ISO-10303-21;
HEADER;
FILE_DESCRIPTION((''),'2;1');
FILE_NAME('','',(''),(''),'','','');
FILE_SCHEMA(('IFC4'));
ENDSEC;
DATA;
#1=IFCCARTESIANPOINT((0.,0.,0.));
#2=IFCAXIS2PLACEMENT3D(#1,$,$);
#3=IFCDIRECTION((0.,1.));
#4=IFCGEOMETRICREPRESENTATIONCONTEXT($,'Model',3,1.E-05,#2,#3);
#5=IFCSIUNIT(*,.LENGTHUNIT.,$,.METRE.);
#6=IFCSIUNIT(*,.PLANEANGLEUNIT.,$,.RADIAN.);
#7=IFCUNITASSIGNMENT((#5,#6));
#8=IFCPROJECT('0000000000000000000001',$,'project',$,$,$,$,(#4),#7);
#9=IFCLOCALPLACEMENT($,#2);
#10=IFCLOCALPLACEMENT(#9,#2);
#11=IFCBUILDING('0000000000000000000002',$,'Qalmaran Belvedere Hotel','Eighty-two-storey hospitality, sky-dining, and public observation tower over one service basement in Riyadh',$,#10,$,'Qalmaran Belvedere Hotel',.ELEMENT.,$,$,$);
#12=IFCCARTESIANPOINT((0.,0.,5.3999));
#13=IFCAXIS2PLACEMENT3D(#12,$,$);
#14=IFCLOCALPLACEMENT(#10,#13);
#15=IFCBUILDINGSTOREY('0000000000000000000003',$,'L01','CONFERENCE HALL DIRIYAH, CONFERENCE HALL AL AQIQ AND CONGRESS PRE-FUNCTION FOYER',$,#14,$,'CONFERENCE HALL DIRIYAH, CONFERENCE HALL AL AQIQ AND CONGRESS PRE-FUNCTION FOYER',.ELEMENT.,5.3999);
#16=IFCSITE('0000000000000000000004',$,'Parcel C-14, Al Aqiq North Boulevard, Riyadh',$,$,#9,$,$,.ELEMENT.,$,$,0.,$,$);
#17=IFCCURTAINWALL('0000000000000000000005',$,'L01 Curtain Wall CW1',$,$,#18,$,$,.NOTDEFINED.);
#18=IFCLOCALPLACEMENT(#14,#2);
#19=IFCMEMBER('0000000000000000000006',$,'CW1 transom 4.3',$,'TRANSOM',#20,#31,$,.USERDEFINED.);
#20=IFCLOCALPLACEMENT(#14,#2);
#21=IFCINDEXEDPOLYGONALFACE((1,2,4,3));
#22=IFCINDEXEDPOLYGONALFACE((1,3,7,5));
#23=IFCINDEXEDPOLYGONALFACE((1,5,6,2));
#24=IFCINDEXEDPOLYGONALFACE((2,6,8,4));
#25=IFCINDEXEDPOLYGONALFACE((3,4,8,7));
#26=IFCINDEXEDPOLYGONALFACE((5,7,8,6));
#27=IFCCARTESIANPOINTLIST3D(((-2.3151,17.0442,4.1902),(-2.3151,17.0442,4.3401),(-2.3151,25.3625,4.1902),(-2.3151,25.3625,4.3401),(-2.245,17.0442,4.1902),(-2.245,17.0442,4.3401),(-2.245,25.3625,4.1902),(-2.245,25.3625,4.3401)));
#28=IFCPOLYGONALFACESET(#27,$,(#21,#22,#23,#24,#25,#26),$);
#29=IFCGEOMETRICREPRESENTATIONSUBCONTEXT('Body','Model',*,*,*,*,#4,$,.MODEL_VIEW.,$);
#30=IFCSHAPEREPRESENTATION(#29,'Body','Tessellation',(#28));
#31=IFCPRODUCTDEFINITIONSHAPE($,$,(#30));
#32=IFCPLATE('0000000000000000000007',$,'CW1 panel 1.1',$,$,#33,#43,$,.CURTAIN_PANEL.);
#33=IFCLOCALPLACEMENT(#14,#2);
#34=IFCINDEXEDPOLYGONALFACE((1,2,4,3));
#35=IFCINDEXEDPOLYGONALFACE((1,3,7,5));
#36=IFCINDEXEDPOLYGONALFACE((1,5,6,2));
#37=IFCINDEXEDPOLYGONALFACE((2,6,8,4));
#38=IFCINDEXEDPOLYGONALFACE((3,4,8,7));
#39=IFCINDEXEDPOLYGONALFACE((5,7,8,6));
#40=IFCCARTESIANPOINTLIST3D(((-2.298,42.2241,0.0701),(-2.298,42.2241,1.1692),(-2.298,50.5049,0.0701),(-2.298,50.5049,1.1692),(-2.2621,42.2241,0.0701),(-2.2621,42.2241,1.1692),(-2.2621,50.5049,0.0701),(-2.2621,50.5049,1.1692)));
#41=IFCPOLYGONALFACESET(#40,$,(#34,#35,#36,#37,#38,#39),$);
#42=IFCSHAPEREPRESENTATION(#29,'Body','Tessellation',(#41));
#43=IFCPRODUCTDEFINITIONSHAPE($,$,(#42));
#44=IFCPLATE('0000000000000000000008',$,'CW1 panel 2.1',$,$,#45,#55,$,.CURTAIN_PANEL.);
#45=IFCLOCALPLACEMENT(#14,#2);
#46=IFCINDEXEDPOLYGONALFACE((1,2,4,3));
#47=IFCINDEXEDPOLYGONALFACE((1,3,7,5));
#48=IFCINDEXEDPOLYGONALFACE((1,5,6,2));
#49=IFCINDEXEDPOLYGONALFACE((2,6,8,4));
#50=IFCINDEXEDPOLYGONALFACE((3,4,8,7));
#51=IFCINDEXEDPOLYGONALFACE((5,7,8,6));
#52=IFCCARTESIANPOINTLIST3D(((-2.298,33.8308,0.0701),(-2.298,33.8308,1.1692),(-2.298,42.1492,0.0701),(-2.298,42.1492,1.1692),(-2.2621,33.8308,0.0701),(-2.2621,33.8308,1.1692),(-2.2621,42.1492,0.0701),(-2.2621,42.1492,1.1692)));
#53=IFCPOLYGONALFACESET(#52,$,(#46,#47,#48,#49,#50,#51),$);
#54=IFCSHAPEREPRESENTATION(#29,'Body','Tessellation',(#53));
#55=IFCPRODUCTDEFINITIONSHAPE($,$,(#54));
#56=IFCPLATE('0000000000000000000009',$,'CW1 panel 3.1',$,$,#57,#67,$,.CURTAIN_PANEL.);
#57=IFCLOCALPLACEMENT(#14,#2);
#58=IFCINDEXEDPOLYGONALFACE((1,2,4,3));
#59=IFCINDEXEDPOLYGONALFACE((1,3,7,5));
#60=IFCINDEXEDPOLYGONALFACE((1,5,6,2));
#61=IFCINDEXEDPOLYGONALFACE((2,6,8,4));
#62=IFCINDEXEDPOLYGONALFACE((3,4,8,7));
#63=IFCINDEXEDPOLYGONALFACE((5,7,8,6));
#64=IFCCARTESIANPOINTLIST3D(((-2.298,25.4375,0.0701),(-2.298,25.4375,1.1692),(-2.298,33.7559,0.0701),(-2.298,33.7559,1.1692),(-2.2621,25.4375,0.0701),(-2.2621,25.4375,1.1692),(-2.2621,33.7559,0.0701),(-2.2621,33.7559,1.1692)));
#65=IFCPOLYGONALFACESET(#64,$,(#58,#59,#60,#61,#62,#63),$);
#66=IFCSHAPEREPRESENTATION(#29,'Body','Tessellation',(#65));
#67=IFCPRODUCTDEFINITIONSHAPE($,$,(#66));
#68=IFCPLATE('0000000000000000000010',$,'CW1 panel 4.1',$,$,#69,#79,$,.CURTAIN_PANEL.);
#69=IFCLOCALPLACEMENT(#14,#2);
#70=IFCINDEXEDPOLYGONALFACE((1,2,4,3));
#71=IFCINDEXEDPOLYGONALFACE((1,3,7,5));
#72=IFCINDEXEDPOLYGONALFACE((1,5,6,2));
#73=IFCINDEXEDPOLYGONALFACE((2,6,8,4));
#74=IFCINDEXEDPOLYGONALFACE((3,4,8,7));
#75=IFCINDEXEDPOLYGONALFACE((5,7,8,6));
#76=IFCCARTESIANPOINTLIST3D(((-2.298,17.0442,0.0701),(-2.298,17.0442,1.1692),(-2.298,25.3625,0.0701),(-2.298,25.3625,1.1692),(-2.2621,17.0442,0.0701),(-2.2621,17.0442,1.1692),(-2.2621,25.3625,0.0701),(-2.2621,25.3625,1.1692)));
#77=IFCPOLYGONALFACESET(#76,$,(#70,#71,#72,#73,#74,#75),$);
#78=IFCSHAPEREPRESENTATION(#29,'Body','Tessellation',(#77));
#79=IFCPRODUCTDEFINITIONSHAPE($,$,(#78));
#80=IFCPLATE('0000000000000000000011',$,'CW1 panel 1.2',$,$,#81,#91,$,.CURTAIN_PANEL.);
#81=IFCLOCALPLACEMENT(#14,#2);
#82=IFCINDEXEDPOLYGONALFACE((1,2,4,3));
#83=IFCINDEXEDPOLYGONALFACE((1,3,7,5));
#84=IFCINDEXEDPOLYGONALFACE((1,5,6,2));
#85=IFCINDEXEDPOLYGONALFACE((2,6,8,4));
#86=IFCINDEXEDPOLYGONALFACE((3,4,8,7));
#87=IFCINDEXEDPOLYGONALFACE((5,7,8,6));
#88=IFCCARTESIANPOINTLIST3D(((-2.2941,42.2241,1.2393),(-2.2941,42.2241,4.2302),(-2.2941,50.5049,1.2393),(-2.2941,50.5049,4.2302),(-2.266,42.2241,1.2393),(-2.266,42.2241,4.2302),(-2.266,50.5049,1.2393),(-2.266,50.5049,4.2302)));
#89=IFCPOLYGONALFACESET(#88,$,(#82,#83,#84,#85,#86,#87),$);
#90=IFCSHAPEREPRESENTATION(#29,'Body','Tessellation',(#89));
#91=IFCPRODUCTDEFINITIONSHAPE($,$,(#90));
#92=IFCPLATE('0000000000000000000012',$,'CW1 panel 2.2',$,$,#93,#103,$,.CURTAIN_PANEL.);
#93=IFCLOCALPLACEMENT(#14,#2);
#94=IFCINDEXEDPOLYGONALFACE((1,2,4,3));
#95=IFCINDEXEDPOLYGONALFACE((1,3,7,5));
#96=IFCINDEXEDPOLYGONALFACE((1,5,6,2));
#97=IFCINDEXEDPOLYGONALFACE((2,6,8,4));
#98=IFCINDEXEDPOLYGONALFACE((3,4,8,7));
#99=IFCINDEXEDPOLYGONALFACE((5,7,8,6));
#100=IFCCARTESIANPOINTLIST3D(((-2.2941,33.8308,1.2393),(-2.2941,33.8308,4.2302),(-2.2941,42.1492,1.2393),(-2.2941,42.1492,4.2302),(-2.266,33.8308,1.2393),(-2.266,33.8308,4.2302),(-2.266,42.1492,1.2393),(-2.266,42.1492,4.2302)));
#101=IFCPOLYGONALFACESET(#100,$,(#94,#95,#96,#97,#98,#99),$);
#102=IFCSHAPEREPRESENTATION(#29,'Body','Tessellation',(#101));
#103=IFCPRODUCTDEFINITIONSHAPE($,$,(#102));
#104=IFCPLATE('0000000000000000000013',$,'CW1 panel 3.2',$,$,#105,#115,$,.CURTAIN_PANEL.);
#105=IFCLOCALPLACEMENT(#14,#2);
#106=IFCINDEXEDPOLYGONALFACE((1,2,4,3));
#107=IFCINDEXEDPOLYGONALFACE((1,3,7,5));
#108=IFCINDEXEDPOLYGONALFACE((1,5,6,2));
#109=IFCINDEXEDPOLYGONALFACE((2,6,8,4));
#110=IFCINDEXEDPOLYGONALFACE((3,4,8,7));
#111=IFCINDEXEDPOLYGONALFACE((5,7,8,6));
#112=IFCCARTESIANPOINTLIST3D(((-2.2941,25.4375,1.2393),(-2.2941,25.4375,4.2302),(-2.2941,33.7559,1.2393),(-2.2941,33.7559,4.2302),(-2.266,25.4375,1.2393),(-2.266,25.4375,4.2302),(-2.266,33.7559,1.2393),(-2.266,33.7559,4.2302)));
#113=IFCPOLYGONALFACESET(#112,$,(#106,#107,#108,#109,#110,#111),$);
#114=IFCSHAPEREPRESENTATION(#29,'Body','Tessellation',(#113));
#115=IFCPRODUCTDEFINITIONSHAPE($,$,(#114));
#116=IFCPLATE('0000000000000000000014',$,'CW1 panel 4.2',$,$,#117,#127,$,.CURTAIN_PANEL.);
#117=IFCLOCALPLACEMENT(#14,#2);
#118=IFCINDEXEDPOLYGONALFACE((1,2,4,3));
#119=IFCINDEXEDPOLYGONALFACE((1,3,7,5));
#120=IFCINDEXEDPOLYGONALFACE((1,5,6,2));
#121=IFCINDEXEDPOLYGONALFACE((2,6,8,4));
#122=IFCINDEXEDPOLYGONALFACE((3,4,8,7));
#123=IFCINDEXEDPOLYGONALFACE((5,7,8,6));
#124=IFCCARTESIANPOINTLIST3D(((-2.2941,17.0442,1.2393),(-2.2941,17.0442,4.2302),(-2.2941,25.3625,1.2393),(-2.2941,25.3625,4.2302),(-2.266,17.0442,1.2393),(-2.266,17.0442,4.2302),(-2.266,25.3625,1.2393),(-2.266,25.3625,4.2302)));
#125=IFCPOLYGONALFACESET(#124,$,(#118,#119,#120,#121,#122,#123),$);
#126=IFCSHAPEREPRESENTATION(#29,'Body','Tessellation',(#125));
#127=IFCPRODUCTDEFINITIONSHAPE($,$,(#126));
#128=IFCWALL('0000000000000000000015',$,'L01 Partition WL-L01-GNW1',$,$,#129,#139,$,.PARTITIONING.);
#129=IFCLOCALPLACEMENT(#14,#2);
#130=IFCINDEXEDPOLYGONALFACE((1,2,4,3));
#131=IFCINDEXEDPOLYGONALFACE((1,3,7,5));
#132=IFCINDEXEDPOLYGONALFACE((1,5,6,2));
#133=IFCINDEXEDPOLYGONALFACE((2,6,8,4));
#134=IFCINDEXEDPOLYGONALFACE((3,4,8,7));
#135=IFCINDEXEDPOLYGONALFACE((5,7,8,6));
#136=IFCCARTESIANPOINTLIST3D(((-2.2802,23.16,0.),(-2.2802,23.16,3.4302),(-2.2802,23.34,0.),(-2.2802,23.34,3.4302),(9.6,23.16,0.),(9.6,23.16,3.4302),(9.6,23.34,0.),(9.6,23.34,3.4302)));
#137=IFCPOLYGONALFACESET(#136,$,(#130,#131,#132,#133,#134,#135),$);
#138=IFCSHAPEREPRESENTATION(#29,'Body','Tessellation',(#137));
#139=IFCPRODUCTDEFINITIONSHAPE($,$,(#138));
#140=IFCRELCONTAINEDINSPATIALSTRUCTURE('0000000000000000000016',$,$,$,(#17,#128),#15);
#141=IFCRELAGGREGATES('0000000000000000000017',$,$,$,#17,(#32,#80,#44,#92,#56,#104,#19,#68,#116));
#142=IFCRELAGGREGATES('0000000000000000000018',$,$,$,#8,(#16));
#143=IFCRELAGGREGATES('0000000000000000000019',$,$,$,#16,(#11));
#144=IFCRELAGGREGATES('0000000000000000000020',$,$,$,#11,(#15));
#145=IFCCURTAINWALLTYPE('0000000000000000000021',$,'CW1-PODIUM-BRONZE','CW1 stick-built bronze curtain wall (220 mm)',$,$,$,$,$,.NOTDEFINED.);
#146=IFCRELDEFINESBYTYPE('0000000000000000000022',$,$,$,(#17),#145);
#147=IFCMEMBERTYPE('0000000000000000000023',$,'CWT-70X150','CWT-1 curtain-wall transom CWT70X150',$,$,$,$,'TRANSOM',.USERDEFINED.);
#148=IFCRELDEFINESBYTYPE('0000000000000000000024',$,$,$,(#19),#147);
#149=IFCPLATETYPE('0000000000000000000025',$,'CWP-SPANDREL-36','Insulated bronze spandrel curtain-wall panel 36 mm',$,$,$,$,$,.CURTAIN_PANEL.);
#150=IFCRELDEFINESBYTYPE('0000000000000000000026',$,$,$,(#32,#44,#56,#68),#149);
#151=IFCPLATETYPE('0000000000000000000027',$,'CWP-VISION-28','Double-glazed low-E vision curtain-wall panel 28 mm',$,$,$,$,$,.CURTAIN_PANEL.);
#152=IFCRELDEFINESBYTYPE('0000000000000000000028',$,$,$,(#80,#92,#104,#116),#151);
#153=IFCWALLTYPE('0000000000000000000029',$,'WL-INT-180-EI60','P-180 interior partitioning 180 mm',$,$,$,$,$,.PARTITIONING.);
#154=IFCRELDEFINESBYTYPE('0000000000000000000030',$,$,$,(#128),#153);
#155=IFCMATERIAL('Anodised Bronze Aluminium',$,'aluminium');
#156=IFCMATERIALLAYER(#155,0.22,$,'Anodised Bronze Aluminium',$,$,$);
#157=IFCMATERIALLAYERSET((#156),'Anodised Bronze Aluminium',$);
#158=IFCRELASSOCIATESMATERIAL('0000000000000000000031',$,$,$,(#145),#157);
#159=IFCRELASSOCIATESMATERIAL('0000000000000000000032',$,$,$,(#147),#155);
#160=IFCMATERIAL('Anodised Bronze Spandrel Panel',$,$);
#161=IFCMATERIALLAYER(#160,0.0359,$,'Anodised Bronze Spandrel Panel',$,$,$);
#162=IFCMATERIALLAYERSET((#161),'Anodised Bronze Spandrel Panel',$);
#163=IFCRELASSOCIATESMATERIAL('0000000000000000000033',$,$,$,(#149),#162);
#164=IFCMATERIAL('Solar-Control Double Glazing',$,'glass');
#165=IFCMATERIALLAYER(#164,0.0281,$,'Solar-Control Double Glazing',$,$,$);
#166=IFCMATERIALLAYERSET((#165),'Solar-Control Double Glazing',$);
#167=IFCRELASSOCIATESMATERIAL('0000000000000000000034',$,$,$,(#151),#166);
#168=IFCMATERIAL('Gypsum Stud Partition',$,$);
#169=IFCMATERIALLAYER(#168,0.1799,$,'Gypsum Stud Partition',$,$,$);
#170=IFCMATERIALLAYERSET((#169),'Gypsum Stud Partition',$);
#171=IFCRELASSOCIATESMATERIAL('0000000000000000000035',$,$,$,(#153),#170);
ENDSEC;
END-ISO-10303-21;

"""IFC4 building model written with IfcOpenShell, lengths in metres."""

from ifc_helpers import new_model, si_unit, direction, frame, frame_2d, origin, origin_2d, place, context, subcontext, project, spatial, rectangle, extrude, material, layer, layer_set, material_profile, profile_set, type_object, element, aggregate, save


model = new_model("IFC4")

# Units and contexts
model_context = context("Model", 3, precision=1e-05, world=origin(), true_north=direction((0.0, 1.0)))
body_context = subcontext(model_context, "Body", "Model", "MODEL_VIEW")
ifc_project = project(units=[si_unit("LENGTHUNIT", "METRE"), si_unit("PLANEANGLEUNIT", "RADIAN")], contexts=[model_context])

# Site, building, storey
site_placement = place(None, origin())
site = spatial("IfcSite", under=ifc_project, at=site_placement, Name="Parcel C-14, Al Aqiq North Boulevard, Riyadh", CompositionType="ELEMENT", RefElevation=0.0)
building_placement = place(site_placement, origin())
building = spatial("IfcBuilding", under=site, at=building_placement, Name="Qalmaran Belvedere Hotel", Description="Eighty-two-storey hospitality, sky-dining, and public observation tower over one service basement in Riyadh", LongName="Qalmaran Belvedere Hotel", CompositionType="ELEMENT")
storey_placement = place(building_placement, frame((0.0, 0.0, 5.3999)))
storey = spatial("IfcBuildingStorey", under=building, at=storey_placement, Name="L01", Description="CONFERENCE HALL DIRIYAH, CONFERENCE HALL AL AQIQ AND CONGRESS PRE-FUNCTION FOYER", LongName="CONFERENCE HALL DIRIYAH, CONFERENCE HALL AL AQIQ AND CONGRESS PRE-FUNCTION FOYER", CompositionType="ELEMENT", Elevation=5.3999)

# Curtain wall, member, plates
ifc_material_1 = material(Name="Anodised Bronze Aluminium", Category="aluminium")
ifc_layer_1 = layer(ifc_material_1, 0.22, Name="Anodised Bronze Aluminium")
ifc_layer_set_1 = layer_set([ifc_layer_1], Name="Anodised Bronze Aluminium")
curtain_wall_type = type_object("IfcCurtainWallType", Name="CW1-PODIUM-BRONZE", Description="CW1 stick-built bronze curtain wall (220 mm)", PredefinedType="NOTDEFINED", material=ifc_layer_set_1)
curtain_wall_placement = place(storey_placement, origin())
curtain_wall = element("IfcCurtainWall", 1, at=curtain_wall_placement, inside=storey, type_object=curtain_wall_type, Name="L01 Curtain Wall CW1", PredefinedType="NOTDEFINED")
ifc_material_profile_1 = material_profile(ifc_material_1, rectangle(XDim=0.0701, YDim=0.1499, at=origin_2d()), Name="CWT70X150")
ifc_profile_set_1 = profile_set([ifc_material_profile_1], Name="Anodised Bronze Aluminium")
member_type_1 = type_object("IfcMemberType", Name="CWT-70X150", Description="CWT-1 curtain-wall transom CWT70X150", ElementType="TRANSOM", PredefinedType="USERDEFINED", material=ifc_profile_set_1)
member_1_placement = place(storey_placement, frame((-2.28, 25.3625, 4.2651), z_axis=(0.0, -1.0, 0.0), x_axis=(1.0, 0.0, 0.0)))
member_1 = element("IfcMember", 2, at=member_1_placement, type_object=member_type_1, Name="CW1 transom 4.3", ObjectType="TRANSOM", PredefinedType="USERDEFINED", context=body_context, shape_type="SweptSolid", body=[
    extrude(rectangle(XDim=0.0701, YDim=0.1499, at=origin_2d()), origin(), (0.0, 0.0, 1.0), 8.3184),
])
ifc_material_2 = material(Name="Anodised Bronze Spandrel Panel")
ifc_layer_2 = layer(ifc_material_2, 0.0359, Name="Anodised Bronze Spandrel Panel")
ifc_layer_set_2 = layer_set([ifc_layer_2], Name="Anodised Bronze Spandrel Panel")
plate_type_1 = type_object("IfcPlateType", Name="CWP-SPANDREL-36", Description="Insulated bronze spandrel curtain-wall panel 36 mm", PredefinedType="CURTAIN_PANEL", material=ifc_layer_set_2)
plate_1_placement = place(storey_placement, frame((-2.28, 46.3645, 0.0701), z_axis=(0.0, 0.0, 1.0), x_axis=(0.0, -1.0, 0.0)))
plate_1 = element("IfcPlate", 3, at=plate_1_placement, type_object=plate_type_1, Name="CW1 panel 1.1", PredefinedType="CURTAIN_PANEL", context=body_context, shape_type="SweptSolid", body=[
    extrude(rectangle(XDim=8.2808, YDim=0.0359, at=origin_2d()), origin(), (0.0, 0.0, 1.0), 1.0991),
])
plate_2_placement = place(storey_placement, frame((-2.28, 37.99, 0.0701), z_axis=(0.0, 0.0, 1.0), x_axis=(0.0, -1.0, 0.0)))
plate_2 = element("IfcPlate", 4, at=plate_2_placement, type_object=plate_type_1, Name="CW1 panel 2.1", PredefinedType="CURTAIN_PANEL", context=body_context, shape_type="SweptSolid", body=[
    extrude(rectangle(XDim=8.3184, YDim=0.0359, at=origin_2d()), origin(), (0.0, 0.0, 1.0), 1.0991),
])
plate_3_placement = place(storey_placement, frame((-2.28, 29.5967, 0.0701), z_axis=(0.0, 0.0, 1.0), x_axis=(0.0, -1.0, 0.0)))
plate_3 = element("IfcPlate", 5, at=plate_3_placement, type_object=plate_type_1, Name="CW1 panel 3.1", PredefinedType="CURTAIN_PANEL", context=body_context, shape_type="SweptSolid", body=[
    extrude(rectangle(XDim=8.3184, YDim=0.0359, at=origin_2d()), origin(), (0.0, 0.0, 1.0), 1.0991),
])
plate_4_placement = place(storey_placement, frame((-2.28, 21.2034, 0.0701), z_axis=(0.0, 0.0, 1.0), x_axis=(0.0, -1.0, 0.0)))
plate_4 = element("IfcPlate", 6, at=plate_4_placement, type_object=plate_type_1, Name="CW1 panel 4.1", PredefinedType="CURTAIN_PANEL", context=body_context, shape_type="SweptSolid", body=[
    extrude(rectangle(XDim=8.3184, YDim=0.0359, at=origin_2d()), origin(), (0.0, 0.0, 1.0), 1.0991),
])
ifc_material_3 = material(Name="Solar-Control Double Glazing", Category="glass")
ifc_layer_3 = layer(ifc_material_3, 0.0281, Name="Solar-Control Double Glazing")
ifc_layer_set_3 = layer_set([ifc_layer_3], Name="Solar-Control Double Glazing")
plate_type_2 = type_object("IfcPlateType", Name="CWP-VISION-28", Description="Double-glazed low-E vision curtain-wall panel 28 mm", PredefinedType="CURTAIN_PANEL", material=ifc_layer_set_3)
plate_5_placement = place(storey_placement, frame((-2.28, 46.3645, 1.2393), z_axis=(0.0, 0.0, 1.0), x_axis=(0.0, -1.0, 0.0)))
plate_5 = element("IfcPlate", 7, at=plate_5_placement, type_object=plate_type_2, Name="CW1 panel 1.2", PredefinedType="CURTAIN_PANEL", context=body_context, shape_type="SweptSolid", body=[
    extrude(rectangle(XDim=8.2808, YDim=0.0281, at=origin_2d()), origin(), (0.0, 0.0, 1.0), 2.991),
])
plate_6_placement = place(storey_placement, frame((-2.28, 37.99, 1.2393), z_axis=(0.0, 0.0, 1.0), x_axis=(0.0, -1.0, 0.0)))
plate_6 = element("IfcPlate", 8, at=plate_6_placement, type_object=plate_type_2, Name="CW1 panel 2.2", PredefinedType="CURTAIN_PANEL", context=body_context, shape_type="SweptSolid", body=[
    extrude(rectangle(XDim=8.3184, YDim=0.0281, at=origin_2d()), origin(), (0.0, 0.0, 1.0), 2.991),
])
plate_7_placement = place(storey_placement, frame((-2.28, 29.5967, 1.2393), z_axis=(0.0, 0.0, 1.0), x_axis=(0.0, -1.0, 0.0)))
plate_7 = element("IfcPlate", 9, at=plate_7_placement, type_object=plate_type_2, Name="CW1 panel 3.2", PredefinedType="CURTAIN_PANEL", context=body_context, shape_type="SweptSolid", body=[
    extrude(rectangle(XDim=8.3184, YDim=0.0281, at=origin_2d()), origin(), (0.0, 0.0, 1.0), 2.991),
])
plate_8_placement = place(storey_placement, frame((-2.28, 21.2034, 1.2393), z_axis=(0.0, 0.0, 1.0), x_axis=(0.0, -1.0, 0.0)))
plate_8 = element("IfcPlate", 10, at=plate_8_placement, type_object=plate_type_2, Name="CW1 panel 4.2", PredefinedType="CURTAIN_PANEL", context=body_context, shape_type="SweptSolid", body=[
    extrude(rectangle(XDim=8.3184, YDim=0.0281, at=origin_2d()), origin(), (0.0, 0.0, 1.0), 2.991),
])
aggregate(curtain_wall, [plate_1, plate_5, plate_2, plate_6, plate_3, plate_7, member_1, plate_4, plate_8])

# Wall
ifc_material_4 = material(Name="Gypsum Stud Partition")
ifc_layer_4 = layer(ifc_material_4, 0.1799, Name="Gypsum Stud Partition")
ifc_layer_set_4 = layer_set([ifc_layer_4], Name="Gypsum Stud Partition")
wall_type = type_object("IfcWallType", Name="WL-INT-180-EI60", Description="P-180 interior partitioning 180 mm", PredefinedType="PARTITIONING", material=ifc_layer_set_4)
wall_placement = place(storey_placement, frame((-2.28, 23.25, 0.0), z_axis=(0.0, 0.0, 1.0), x_axis=(1.0, 0.0, 0.0)))
element("IfcWall", 11, at=wall_placement, inside=storey, type_object=wall_type, Name="L01 Partition WL-L01-GNW1", PredefinedType="PARTITIONING", context=body_context, shape_type="SweptSolid", body=[
    extrude(rectangle(XDim=11.8801, YDim=0.1799, at=frame_2d((5.9399, 0.0))), origin(), (0.0, 0.0, 1.0), 3.4302),
])

save(model, "model.ifc")
